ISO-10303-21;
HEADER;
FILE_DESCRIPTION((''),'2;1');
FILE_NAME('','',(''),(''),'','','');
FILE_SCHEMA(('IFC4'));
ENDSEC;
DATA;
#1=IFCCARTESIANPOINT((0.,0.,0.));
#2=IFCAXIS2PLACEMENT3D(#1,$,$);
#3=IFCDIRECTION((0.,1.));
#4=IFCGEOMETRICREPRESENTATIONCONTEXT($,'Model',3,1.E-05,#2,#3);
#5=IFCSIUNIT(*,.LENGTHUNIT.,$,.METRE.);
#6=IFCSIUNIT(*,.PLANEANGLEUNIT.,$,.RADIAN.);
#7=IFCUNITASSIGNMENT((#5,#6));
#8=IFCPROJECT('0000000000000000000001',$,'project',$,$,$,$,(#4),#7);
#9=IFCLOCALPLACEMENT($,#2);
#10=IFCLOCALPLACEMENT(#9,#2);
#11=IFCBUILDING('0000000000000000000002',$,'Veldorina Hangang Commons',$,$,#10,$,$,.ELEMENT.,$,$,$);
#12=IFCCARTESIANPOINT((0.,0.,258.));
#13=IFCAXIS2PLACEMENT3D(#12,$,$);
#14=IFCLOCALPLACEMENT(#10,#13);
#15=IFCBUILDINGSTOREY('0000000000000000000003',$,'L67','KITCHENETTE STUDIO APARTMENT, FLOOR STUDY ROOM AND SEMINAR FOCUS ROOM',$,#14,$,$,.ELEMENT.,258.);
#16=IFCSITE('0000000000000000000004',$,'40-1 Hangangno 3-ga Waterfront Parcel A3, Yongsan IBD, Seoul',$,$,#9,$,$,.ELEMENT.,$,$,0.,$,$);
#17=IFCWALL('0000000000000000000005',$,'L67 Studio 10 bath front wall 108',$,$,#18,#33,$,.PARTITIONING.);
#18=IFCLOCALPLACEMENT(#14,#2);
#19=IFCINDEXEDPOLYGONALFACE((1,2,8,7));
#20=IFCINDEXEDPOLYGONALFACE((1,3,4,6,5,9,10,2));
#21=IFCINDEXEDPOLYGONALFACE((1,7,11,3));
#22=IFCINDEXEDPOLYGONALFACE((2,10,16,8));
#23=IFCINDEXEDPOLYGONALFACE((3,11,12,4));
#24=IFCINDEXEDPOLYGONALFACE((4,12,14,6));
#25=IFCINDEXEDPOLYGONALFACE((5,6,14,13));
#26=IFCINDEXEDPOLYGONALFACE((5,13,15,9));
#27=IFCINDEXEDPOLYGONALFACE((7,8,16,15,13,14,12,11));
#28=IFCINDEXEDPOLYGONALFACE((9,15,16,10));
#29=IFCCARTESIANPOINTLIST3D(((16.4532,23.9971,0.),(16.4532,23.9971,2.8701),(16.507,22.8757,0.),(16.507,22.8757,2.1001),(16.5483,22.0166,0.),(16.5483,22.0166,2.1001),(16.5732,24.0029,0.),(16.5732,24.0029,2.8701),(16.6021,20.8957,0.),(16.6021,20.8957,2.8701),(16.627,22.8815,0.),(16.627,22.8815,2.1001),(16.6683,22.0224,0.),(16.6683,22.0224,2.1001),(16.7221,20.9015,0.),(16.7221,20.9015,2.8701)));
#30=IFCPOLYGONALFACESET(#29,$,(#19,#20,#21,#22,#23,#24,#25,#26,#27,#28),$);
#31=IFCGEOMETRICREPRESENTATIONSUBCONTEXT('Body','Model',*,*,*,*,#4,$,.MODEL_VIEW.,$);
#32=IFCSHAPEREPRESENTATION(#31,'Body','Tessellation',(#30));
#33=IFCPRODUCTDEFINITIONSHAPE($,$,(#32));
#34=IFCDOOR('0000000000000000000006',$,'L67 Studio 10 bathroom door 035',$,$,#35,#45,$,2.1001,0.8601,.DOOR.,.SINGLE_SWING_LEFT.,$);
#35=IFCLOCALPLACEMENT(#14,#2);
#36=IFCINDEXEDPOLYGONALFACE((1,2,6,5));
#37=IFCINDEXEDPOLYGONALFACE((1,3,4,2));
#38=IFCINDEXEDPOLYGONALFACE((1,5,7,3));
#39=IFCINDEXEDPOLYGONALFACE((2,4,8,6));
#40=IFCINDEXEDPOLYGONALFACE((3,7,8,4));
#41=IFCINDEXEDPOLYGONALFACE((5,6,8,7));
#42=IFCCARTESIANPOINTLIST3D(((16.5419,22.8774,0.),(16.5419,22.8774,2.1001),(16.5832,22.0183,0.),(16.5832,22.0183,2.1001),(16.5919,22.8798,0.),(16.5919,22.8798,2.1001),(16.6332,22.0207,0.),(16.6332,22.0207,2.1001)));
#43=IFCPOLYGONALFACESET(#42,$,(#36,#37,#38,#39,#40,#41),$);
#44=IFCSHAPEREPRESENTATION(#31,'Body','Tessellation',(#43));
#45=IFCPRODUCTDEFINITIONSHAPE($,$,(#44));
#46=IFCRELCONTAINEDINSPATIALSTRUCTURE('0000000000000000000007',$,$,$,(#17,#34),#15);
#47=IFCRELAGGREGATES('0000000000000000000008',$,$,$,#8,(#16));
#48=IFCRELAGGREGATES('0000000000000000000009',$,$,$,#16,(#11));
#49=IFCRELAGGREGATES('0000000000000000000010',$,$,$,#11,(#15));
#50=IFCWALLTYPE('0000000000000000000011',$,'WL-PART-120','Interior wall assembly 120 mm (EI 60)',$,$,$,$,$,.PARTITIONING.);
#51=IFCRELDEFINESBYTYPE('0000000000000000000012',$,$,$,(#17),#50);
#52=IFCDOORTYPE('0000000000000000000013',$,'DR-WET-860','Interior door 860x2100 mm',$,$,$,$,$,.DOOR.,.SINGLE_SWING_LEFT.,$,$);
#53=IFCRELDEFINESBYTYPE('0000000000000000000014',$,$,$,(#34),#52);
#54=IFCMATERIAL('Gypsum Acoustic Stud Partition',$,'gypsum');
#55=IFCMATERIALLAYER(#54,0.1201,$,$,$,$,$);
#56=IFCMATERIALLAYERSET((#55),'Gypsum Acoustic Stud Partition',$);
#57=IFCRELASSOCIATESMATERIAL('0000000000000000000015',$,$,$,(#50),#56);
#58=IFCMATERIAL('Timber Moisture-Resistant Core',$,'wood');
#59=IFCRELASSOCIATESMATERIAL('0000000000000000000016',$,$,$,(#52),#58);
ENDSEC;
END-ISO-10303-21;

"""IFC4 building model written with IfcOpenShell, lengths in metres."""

from ifc_helpers import new_model, si_unit, direction, frame, frame_2d, origin, place, context, subcontext, project, spatial, rectangle, extrude, material, layer, layer_set, type_object, element, fill, save


model = new_model("IFC4")

# Units and contexts
model_context = context("Model", 3, precision=1e-05, world=origin(), true_north=direction((0.0, 1.0)))
body_context = subcontext(model_context, "Body", "Model", "MODEL_VIEW")
ifc_project = project(units=[si_unit("LENGTHUNIT", "METRE"), si_unit("PLANEANGLEUNIT", "RADIAN")], contexts=[model_context])

# Site, building, storey
site_placement = place(None, origin())
site = spatial("IfcSite", under=ifc_project, at=site_placement, Name="40-1 Hangangno 3-ga Waterfront Parcel A3, Yongsan IBD, Seoul", CompositionType="ELEMENT", RefElevation=0.0)
building_placement = place(site_placement, origin())
building = spatial("IfcBuilding", under=site, at=building_placement, Name="Veldorina Hangang Commons", CompositionType="ELEMENT")
storey_placement = place(building_placement, frame((0.0, 0.0, 258.0)))
storey = spatial("IfcBuildingStorey", under=building, at=storey_placement, Name="L67", Description="KITCHENETTE STUDIO APARTMENT, FLOOR STUDY ROOM AND SEMINAR FOCUS ROOM", CompositionType="ELEMENT", Elevation=258.0)

# Shared definitions
ifc_material_1 = material(Name="Gypsum Acoustic Stud Partition", Category="gypsum")
ifc_layer_1 = layer(ifc_material_1, 0.1201)
ifc_layer_set_1 = layer_set([ifc_layer_1], Name="Gypsum Acoustic Stud Partition")
wall_type_1 = type_object("IfcWallType", Name="WL-PART-120", Description="Interior wall assembly 120 mm (EI 60)", PredefinedType="PARTITIONING", material=ifc_layer_set_1)
ifc_material_2 = material(Name="Timber Moisture-Resistant Core", Category="wood")
door_type_1 = type_object("IfcDoorType", Name="DR-WET-860", Description="Interior door 860x2100 mm", OperationType="SINGLE_SWING_LEFT", PredefinedType="DOOR", material=ifc_material_2)

# Wall, opening, door
wall_1_placement = place(storey_placement, frame((16.5132, 24.0, 0.0), z_axis=(0.0, 0.0, 1.0), x_axis=(0.047965, -0.998849, 0.0)))
wall_1 = element("IfcWall", 1, at=wall_1_placement, inside=storey, type_object=wall_type_1, Name="L67 Studio 10 bath front wall 108", PredefinedType="PARTITIONING", context=body_context, shape_type="SweptSolid", body=[
    extrude(rectangle(XDim=3.105, YDim=0.1201, at=frame_2d((1.5525, 0.0))), origin(), (0.0, 0.0, 1.0), 2.8701),
])
opening_1_placement = place(wall_1_placement, frame((1.1226, 0.0, 0.0)))
opening_1 = element("IfcOpeningElement", 2, at=opening_1_placement, cuts=wall_1, PredefinedType="OPENING", context=body_context, shape_type="SweptSolid", body=[
    extrude(rectangle(XDim=0.8601, YDim=2.1001, at=frame_2d((0.4302, 1.05))), frame((0.0, 0.0701, 0.0), z_axis=(0.0, -1.0, 0.0), x_axis=(1.0, 0.0, 0.0)), (0.0, 0.0, 1.0), 0.1401),
])
door_1_placement = place(opening_1_placement, origin())
door_1 = element("IfcDoor", 3, at=door_1_placement, inside=storey, type_object=door_type_1, Name="L67 Studio 10 bathroom door 035", OperationType="SINGLE_SWING_LEFT", OverallHeight=2.1001, OverallWidth=0.8601, PredefinedType="DOOR", context=body_context, shape_type="SweptSolid", body=[
    extrude(rectangle(XDim=0.8601, YDim=2.1001, at=frame_2d((0.4302, 1.05))), frame((0.0, 0.0249, 0.0), z_axis=(0.0, -1.0, 0.0), x_axis=(1.0, 0.0, 0.0)), (0.0, 0.0, 1.0), 0.05),
])
fill(opening_1, door_1)

save(model, "model.ifc")
